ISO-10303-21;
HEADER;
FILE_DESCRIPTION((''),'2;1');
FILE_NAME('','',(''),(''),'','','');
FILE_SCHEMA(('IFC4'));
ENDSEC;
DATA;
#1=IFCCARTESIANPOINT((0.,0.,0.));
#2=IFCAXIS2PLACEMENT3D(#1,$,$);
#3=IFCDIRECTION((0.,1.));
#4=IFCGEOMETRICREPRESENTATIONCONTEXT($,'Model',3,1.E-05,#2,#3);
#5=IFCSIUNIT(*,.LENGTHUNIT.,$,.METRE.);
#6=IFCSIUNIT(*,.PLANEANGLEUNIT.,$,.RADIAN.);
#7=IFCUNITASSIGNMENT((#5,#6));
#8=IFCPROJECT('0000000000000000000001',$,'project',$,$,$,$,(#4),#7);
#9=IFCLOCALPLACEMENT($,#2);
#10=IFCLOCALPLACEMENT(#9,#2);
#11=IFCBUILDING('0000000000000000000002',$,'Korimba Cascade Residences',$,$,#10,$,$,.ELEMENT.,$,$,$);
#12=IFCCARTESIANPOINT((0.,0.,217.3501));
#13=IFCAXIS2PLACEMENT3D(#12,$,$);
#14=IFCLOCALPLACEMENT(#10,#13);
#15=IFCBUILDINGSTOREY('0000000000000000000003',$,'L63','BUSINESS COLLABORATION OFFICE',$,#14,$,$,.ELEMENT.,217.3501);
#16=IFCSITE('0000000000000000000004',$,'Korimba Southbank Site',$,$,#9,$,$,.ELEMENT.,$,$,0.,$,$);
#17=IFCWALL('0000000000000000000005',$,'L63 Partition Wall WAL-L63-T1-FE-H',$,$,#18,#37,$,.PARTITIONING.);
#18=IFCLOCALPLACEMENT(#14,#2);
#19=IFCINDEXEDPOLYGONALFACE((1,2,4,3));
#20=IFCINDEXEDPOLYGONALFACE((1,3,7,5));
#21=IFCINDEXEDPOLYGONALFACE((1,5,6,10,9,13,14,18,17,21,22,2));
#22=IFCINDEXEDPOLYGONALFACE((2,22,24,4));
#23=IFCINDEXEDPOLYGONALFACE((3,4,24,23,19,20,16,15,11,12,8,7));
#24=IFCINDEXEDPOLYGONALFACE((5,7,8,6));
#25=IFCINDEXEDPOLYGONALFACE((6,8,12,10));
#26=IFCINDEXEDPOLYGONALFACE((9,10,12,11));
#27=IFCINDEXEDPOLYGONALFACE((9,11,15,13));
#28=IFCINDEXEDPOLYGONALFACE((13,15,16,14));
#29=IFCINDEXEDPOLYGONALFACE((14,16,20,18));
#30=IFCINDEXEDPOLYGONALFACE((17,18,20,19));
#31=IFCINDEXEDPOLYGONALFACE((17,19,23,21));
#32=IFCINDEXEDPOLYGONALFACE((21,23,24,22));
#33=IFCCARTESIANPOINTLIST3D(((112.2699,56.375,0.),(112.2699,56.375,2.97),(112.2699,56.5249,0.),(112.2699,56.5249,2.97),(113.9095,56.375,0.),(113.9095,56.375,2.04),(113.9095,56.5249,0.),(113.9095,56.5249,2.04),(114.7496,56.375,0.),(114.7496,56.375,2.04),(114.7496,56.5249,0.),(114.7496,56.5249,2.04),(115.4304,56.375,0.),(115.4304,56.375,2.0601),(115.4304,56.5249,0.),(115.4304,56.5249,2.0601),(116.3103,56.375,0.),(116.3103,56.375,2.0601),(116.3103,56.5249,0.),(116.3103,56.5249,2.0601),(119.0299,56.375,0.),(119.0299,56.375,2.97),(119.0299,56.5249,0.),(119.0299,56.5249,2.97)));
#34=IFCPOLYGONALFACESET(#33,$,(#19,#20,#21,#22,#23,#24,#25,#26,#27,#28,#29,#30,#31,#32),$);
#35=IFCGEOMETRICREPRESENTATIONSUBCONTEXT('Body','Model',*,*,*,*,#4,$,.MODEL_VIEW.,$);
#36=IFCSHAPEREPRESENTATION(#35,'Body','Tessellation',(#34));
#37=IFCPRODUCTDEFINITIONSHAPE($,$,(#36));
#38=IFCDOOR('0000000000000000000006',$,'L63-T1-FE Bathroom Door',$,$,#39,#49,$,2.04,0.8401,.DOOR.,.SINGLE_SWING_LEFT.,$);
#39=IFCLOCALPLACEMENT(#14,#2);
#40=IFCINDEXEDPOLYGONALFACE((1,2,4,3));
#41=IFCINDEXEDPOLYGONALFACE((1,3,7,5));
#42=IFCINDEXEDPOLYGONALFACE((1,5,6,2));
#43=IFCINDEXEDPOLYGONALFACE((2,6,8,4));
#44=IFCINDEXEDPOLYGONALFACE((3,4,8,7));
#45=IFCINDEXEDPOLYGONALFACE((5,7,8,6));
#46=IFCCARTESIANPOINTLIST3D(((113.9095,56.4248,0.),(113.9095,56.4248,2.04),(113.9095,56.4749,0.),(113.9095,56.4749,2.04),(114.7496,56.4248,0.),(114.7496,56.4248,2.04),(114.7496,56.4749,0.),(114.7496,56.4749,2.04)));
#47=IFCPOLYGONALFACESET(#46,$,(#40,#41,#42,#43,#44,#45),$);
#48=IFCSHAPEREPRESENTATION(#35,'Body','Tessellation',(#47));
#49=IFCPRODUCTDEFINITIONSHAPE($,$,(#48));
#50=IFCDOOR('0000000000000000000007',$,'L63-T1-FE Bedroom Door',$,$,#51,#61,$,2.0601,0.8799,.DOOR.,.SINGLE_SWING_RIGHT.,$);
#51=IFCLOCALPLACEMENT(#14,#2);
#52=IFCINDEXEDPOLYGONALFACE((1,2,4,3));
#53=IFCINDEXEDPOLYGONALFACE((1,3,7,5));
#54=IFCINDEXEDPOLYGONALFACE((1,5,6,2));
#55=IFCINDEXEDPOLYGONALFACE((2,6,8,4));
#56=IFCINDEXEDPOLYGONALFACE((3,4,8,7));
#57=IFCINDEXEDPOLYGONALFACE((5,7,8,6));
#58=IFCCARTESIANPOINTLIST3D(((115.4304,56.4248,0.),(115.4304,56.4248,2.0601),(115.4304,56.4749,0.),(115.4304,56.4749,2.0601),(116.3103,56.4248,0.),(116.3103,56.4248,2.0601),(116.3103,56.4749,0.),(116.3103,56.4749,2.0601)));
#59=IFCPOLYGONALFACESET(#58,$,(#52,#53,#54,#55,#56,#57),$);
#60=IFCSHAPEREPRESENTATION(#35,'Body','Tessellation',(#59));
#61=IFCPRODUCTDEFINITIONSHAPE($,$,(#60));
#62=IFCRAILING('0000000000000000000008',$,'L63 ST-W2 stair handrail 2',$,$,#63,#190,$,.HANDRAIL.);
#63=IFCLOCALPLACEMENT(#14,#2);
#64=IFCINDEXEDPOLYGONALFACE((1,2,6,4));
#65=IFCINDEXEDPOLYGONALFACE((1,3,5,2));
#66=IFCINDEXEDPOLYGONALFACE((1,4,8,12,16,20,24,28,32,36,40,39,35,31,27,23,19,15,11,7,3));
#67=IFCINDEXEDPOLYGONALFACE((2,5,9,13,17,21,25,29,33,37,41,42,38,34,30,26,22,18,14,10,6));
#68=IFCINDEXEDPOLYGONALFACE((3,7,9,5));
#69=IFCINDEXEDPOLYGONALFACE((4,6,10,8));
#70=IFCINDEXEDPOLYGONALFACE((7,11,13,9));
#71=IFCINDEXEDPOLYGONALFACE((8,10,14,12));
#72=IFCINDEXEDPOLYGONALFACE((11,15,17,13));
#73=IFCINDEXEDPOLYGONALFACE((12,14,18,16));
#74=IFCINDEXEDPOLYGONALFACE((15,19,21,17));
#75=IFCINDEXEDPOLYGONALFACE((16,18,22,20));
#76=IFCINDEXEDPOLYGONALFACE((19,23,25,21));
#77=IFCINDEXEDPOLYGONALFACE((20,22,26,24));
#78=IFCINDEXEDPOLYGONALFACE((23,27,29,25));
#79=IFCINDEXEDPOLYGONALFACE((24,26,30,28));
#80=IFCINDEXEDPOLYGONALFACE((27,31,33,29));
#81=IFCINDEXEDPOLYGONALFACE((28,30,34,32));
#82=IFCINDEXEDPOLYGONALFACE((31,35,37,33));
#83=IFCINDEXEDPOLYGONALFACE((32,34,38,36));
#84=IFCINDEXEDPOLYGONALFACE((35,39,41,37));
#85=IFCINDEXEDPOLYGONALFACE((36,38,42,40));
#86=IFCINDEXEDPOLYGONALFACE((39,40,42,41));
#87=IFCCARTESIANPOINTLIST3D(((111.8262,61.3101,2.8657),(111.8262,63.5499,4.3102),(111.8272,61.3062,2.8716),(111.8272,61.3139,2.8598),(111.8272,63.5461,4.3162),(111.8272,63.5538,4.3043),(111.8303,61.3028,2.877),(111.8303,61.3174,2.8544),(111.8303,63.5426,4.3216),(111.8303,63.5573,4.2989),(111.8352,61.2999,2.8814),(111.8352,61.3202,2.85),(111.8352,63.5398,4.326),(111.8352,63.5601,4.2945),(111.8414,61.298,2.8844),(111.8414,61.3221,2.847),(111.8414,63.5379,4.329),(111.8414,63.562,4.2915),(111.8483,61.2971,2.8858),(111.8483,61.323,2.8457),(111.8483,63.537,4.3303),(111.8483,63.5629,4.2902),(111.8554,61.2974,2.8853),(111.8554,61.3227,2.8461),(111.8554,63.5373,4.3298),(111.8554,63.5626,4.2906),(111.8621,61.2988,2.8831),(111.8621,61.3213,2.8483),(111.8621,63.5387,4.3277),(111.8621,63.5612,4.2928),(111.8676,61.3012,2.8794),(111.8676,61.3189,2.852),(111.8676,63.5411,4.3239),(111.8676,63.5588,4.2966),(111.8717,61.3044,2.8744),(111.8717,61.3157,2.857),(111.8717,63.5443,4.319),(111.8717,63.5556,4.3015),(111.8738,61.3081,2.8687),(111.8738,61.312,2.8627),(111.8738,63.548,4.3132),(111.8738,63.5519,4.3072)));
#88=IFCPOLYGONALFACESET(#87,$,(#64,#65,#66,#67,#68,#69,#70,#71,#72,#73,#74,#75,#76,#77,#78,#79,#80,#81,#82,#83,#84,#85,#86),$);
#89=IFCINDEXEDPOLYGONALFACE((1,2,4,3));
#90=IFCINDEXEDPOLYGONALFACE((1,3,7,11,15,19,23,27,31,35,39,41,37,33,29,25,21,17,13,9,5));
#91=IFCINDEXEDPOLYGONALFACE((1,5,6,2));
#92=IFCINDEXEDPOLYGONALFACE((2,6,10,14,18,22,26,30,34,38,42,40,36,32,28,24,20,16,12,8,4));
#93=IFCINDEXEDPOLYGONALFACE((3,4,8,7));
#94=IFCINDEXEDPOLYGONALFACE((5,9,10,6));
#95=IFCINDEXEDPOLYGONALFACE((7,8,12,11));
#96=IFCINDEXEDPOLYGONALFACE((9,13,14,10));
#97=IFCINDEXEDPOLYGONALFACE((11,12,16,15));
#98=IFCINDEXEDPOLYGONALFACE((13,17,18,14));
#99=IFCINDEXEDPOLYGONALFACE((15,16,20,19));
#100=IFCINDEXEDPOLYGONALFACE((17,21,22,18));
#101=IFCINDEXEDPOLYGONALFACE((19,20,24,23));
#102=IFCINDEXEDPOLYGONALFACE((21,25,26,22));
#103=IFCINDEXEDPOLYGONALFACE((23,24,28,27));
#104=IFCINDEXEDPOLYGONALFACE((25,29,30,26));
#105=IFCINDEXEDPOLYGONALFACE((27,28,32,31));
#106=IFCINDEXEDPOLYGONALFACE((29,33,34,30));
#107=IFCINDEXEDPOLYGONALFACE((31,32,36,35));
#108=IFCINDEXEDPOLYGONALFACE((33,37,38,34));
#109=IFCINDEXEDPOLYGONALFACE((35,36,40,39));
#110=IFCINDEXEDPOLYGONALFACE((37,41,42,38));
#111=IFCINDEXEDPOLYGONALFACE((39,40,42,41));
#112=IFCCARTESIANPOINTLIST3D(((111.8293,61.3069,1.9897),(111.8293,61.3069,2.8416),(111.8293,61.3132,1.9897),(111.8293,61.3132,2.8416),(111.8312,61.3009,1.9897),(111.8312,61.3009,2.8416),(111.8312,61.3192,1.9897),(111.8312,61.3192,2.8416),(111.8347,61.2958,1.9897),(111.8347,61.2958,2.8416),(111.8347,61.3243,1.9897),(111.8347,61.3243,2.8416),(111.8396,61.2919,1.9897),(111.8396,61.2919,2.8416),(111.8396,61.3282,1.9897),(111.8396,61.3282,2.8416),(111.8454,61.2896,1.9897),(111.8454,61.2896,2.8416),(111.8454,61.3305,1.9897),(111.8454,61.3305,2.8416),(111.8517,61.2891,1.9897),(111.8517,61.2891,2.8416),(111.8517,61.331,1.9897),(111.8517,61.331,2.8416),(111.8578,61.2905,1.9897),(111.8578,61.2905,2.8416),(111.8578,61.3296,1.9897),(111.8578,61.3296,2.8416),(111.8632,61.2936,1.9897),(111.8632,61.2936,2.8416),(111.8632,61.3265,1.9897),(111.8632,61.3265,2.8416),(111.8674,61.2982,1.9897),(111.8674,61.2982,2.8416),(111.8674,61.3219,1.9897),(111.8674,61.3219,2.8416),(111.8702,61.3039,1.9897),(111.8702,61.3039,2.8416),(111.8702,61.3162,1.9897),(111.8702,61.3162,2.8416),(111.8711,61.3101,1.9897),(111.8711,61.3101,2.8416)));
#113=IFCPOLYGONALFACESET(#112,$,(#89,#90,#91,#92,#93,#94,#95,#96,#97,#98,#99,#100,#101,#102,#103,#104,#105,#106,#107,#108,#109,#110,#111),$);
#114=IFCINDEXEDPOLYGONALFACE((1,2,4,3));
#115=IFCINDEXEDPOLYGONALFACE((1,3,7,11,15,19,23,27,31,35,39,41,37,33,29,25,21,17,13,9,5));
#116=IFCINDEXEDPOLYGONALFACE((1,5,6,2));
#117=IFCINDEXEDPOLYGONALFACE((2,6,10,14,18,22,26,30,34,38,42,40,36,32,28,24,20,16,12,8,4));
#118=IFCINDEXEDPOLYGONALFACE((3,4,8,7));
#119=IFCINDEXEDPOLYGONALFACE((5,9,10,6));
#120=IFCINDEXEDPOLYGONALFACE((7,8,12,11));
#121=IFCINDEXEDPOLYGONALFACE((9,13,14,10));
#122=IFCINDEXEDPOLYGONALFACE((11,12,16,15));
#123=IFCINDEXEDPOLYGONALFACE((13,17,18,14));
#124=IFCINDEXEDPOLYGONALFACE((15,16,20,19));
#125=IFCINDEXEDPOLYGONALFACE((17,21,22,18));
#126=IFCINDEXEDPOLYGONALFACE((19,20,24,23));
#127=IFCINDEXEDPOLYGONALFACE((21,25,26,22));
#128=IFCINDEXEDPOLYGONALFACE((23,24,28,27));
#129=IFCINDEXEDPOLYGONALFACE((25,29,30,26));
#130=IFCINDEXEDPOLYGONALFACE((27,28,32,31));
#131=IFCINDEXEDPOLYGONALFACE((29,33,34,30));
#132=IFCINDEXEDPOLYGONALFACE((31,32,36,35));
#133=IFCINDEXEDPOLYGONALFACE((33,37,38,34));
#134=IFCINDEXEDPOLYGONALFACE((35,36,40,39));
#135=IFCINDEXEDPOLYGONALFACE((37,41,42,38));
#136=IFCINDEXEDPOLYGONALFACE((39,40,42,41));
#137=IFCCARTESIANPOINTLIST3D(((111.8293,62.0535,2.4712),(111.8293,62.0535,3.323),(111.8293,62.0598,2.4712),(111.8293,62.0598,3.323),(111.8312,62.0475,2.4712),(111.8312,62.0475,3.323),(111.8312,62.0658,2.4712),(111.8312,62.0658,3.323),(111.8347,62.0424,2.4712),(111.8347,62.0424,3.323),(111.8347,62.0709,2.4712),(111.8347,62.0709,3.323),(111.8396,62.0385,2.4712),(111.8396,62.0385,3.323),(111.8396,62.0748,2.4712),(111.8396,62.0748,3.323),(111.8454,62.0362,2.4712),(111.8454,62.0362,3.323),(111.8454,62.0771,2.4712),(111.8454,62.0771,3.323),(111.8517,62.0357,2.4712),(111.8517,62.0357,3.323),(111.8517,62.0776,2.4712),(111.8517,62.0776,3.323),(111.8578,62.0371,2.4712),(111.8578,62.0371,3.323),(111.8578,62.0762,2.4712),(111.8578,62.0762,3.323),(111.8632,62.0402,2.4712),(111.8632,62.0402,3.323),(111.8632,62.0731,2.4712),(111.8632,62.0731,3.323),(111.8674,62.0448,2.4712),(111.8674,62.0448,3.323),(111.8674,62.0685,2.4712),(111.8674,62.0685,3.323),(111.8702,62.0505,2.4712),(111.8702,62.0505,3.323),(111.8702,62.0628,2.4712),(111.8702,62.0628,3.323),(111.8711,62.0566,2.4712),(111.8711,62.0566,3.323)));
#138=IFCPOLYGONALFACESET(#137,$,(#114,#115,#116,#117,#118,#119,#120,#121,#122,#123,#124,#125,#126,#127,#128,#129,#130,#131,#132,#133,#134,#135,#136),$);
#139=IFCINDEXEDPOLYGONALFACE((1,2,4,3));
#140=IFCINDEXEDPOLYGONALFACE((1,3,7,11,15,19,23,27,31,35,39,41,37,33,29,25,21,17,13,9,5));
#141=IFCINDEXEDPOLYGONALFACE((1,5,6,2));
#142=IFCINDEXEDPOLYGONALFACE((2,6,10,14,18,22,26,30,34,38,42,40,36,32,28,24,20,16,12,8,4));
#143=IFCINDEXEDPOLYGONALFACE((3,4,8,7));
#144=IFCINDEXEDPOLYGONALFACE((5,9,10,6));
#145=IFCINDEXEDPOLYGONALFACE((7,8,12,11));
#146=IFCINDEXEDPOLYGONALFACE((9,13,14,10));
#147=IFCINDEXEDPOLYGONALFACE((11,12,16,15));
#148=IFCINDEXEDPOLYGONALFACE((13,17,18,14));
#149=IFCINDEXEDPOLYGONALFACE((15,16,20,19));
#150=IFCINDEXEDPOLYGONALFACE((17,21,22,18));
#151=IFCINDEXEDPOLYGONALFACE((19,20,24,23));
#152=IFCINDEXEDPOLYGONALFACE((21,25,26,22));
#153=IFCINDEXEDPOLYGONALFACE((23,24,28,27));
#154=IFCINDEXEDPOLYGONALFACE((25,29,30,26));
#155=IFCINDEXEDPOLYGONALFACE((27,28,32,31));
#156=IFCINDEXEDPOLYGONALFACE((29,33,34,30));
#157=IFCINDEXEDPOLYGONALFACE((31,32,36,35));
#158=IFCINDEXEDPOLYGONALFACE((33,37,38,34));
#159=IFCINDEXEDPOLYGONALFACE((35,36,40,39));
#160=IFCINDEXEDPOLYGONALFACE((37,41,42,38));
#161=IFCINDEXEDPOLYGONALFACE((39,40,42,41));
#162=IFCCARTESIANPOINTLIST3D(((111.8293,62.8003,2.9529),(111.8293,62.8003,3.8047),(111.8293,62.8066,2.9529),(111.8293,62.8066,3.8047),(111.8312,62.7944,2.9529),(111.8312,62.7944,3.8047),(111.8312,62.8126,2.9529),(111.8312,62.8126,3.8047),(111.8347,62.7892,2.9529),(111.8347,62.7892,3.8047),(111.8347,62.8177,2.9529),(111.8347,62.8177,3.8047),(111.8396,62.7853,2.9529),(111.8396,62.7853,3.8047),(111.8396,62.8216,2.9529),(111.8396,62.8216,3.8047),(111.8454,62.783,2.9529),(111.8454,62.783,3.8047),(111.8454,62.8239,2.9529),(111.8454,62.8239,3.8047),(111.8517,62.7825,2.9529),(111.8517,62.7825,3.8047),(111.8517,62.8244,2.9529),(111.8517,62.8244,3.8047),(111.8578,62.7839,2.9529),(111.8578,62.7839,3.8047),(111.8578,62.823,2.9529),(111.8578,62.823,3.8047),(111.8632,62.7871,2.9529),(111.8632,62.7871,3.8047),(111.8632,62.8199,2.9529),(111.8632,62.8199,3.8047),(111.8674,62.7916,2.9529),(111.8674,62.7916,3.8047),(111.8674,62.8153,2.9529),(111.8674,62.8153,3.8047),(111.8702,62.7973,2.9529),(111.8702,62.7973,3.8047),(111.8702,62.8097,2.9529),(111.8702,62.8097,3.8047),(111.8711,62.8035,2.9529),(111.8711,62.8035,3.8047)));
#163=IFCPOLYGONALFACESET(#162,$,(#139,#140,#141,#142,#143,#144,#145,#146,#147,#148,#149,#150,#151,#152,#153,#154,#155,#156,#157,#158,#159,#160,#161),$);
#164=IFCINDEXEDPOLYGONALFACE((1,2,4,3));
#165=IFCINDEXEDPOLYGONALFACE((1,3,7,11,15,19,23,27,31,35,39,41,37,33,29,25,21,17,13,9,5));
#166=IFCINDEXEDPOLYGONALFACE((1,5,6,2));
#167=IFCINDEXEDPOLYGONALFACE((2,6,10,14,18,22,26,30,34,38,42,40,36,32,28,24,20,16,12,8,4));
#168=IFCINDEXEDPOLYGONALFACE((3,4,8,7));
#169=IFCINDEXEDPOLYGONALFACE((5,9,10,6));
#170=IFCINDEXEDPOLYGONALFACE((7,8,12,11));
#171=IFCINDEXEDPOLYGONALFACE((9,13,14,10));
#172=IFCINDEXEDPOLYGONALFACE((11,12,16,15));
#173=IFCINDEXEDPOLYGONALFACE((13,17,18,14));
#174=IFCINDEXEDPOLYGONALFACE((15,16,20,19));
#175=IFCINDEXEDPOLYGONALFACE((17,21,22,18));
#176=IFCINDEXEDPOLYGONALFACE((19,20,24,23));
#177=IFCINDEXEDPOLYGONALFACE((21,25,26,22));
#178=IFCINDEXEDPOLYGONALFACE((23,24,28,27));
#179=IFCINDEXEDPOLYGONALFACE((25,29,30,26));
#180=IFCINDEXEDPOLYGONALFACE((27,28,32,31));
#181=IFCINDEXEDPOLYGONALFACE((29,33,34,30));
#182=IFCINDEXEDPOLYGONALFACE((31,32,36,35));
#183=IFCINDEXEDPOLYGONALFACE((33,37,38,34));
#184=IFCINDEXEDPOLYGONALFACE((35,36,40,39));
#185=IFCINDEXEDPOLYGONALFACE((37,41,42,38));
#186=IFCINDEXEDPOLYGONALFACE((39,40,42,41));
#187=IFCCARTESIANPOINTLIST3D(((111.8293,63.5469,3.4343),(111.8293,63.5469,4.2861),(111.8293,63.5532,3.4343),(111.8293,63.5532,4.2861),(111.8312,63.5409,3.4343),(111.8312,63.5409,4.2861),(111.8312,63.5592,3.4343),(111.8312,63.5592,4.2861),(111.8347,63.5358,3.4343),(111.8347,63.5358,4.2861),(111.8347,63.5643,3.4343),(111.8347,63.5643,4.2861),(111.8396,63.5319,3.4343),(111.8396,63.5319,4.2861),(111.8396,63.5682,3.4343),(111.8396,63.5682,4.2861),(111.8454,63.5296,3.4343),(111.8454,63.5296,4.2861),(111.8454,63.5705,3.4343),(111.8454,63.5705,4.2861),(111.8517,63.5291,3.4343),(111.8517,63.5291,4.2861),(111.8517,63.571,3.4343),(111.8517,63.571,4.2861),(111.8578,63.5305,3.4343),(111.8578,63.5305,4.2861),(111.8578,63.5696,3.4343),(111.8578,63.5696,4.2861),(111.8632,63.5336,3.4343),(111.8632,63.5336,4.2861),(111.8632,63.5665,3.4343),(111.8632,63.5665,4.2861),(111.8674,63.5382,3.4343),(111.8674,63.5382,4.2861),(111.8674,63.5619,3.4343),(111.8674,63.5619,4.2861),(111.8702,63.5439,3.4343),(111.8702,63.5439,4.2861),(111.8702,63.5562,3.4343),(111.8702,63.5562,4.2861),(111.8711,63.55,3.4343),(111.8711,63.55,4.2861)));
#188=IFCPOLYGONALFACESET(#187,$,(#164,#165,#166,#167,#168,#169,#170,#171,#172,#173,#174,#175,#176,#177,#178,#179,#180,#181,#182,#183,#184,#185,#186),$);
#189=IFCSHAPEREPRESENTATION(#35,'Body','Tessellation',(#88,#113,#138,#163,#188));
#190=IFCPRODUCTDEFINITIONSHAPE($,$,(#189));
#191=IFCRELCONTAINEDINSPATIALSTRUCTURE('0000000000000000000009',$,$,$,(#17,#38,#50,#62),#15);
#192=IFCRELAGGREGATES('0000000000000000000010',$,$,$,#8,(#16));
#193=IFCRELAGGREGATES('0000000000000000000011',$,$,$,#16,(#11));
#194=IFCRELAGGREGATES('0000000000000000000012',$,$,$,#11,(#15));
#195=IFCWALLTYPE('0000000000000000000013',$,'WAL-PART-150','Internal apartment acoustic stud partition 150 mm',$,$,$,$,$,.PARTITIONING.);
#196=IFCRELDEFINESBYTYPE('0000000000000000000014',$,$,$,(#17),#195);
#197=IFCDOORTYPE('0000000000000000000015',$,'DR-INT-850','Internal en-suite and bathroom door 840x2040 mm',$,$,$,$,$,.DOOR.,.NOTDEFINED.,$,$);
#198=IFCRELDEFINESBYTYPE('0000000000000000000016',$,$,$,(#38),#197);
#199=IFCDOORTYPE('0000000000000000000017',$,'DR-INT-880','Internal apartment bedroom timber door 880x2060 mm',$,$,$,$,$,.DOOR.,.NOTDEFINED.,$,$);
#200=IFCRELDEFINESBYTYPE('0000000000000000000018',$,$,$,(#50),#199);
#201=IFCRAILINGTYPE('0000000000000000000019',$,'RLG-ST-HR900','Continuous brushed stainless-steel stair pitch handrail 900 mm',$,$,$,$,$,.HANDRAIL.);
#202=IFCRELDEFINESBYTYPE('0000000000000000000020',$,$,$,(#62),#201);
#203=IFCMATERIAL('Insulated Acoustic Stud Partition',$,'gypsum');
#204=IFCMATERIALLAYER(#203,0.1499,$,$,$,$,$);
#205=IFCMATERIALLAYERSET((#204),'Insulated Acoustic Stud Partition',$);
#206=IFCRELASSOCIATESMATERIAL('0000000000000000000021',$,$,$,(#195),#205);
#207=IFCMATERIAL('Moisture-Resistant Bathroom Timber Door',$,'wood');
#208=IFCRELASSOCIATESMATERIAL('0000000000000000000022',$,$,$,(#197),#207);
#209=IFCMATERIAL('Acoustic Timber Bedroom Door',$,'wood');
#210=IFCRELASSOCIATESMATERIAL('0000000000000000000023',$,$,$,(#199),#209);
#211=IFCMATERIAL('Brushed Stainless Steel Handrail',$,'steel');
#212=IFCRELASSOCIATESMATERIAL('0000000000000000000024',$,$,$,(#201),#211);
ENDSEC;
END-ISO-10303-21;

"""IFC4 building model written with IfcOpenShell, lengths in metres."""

from ifc_helpers import new_model, si_unit, direction, frame, frame_2d, origin, origin_2d, place, context, subcontext, project, spatial, rectangle, circle, extrude, material, layer, layer_set, type_object, element, fill, save


model = new_model("IFC4")

# Units and contexts
model_context = context("Model", 3, precision=1e-05, world=origin(), true_north=direction((0.0, 1.0)))
body_context = subcontext(model_context, "Body", "Model", "MODEL_VIEW")
ifc_project = project(units=[si_unit("LENGTHUNIT", "METRE"), si_unit("PLANEANGLEUNIT", "RADIAN")], contexts=[model_context])

# Site, building, storey
site_placement = place(None, origin())
site = spatial("IfcSite", under=ifc_project, at=site_placement, Name="Korimba Southbank Site", CompositionType="ELEMENT", RefElevation=0.0)
building_placement = place(site_placement, origin())
building = spatial("IfcBuilding", under=site, at=building_placement, Name="Korimba Cascade Residences", CompositionType="ELEMENT")
storey_placement = place(building_placement, frame((0.0, 0.0, 217.3501)))
storey = spatial("IfcBuildingStorey", under=building, at=storey_placement, Name="L63", Description="BUSINESS COLLABORATION OFFICE", CompositionType="ELEMENT", Elevation=217.3501)

# Shared definitions
ifc_material_1 = material(Name="Insulated Acoustic Stud Partition", Category="gypsum")
ifc_layer_1 = layer(ifc_material_1, 0.1499)
ifc_layer_set_1 = layer_set([ifc_layer_1], Name="Insulated Acoustic Stud Partition")
wall_type_1 = type_object("IfcWallType", Name="WAL-PART-150", Description="Internal apartment acoustic stud partition 150 mm", PredefinedType="PARTITIONING", material=ifc_layer_set_1)
ifc_material_2 = material(Name="Moisture-Resistant Bathroom Timber Door", Category="wood")
door_type_1 = type_object("IfcDoorType", Name="DR-INT-850", Description="Internal en-suite and bathroom door 840x2040 mm", OperationType="NOTDEFINED", PredefinedType="DOOR", material=ifc_material_2)
ifc_material_3 = material(Name="Acoustic Timber Bedroom Door", Category="wood")
door_type_2 = type_object("IfcDoorType", Name="DR-INT-880", Description="Internal apartment bedroom timber door 880x2060 mm", OperationType="NOTDEFINED", PredefinedType="DOOR", material=ifc_material_3)

# Wall, openings, doors
wall_1_placement = place(storey_placement, frame((112.27, 56.45, 0.0), z_axis=(0.0, 0.0, 1.0), x_axis=(1.0, 0.0, 0.0)))
wall_1 = element("IfcWall", 1, at=wall_1_placement, inside=storey, type_object=wall_type_1, Name="L63 Partition Wall WAL-L63-T1-FE-H", PredefinedType="PARTITIONING", context=body_context, shape_type="SweptSolid", body=[
    extrude(rectangle(XDim=6.76, YDim=0.1499, at=frame_2d((3.3799, 0.0))), origin(), (0.0, 0.0, 1.0), 2.97),
])
opening_1_placement = place(wall_1_placement, frame((1.6396, 0.0, 0.0)))
opening_1 = element("IfcOpeningElement", 2, at=opening_1_placement, cuts=wall_1, PredefinedType="OPENING", context=body_context, shape_type="SweptSolid", body=[
    extrude(rectangle(XDim=0.8401, YDim=2.04, at=frame_2d((0.4199, 1.02))), frame((0.0, 0.085, 0.0), z_axis=(0.0, -1.0, 0.0), x_axis=(1.0, 0.0, 0.0)), (0.0, 0.0, 1.0), 0.1699),
])
opening_2_placement = place(wall_1_placement, frame((3.1604, 0.0, 0.0)))
opening_2 = element("IfcOpeningElement", 3, at=opening_2_placement, cuts=wall_1, PredefinedType="OPENING", context=body_context, shape_type="SweptSolid", body=[
    extrude(rectangle(XDim=0.8799, YDim=2.0601, at=frame_2d((0.4399, 1.03))), frame((0.0, 0.085, 0.0), z_axis=(0.0, -1.0, 0.0), x_axis=(1.0, 0.0, 0.0)), (0.0, 0.0, 1.0), 0.1699),
])
door_1_placement = place(opening_1_placement, origin())
door_1 = element("IfcDoor", 4, at=door_1_placement, inside=storey, type_object=door_type_1, Name="L63-T1-FE Bathroom Door", OperationType="SINGLE_SWING_LEFT", OverallHeight=2.04, OverallWidth=0.8401, PredefinedType="DOOR", context=body_context, shape_type="SweptSolid", body=[
    extrude(rectangle(XDim=0.8401, YDim=2.04, at=frame_2d((0.4199, 1.02))), frame((0.0, 0.0249, 0.0), z_axis=(0.0, -1.0, 0.0), x_axis=(1.0, 0.0, 0.0)), (0.0, 0.0, 1.0), 0.05),
])
fill(opening_1, door_1)
door_2_placement = place(opening_2_placement, origin())
door_2 = element("IfcDoor", 5, at=door_2_placement, inside=storey, type_object=door_type_2, Name="L63-T1-FE Bedroom Door", OperationType="SINGLE_SWING_RIGHT", OverallHeight=2.0601, OverallWidth=0.8799, PredefinedType="DOOR", context=body_context, shape_type="SweptSolid", body=[
    extrude(rectangle(XDim=0.8799, YDim=2.0601, at=frame_2d((0.4399, 1.03))), frame((0.0, 0.0249, 0.0), z_axis=(0.0, -1.0, 0.0), x_axis=(1.0, 0.0, 0.0)), (0.0, 0.0, 1.0), 0.05),
])
fill(opening_2, door_2)

# Railing
ifc_material_4 = material(Name="Brushed Stainless Steel Handrail", Category="steel")
railing_type = type_object("IfcRailingType", Name="RLG-ST-HR900", Description="Continuous brushed stainless-steel stair pitch handrail 900 mm", PredefinedType="HANDRAIL", material=ifc_material_4)
railing_placement = place(storey_placement, frame((111.8501, 61.3101, 1.9897)))
element("IfcRailing", 6, at=railing_placement, inside=storey, type_object=railing_type, Name="L63 ST-W2 stair handrail 2", PredefinedType="HANDRAIL", context=body_context, shape_type="SweptSolid", body=[
    extrude(circle(Radius=0.0239, at=origin_2d()), frame((0.0, 0.0, 0.876), z_axis=(0.0, 0.840395, 0.541975), x_axis=(-1.0, 0.0, 0.0)), (0.0, 0.0, 1.0), 2.6653),
    extrude(circle(Radius=0.021, at=origin_2d()), origin(), (0.0, 0.0, 1.0), 0.8518),
    extrude(circle(Radius=0.021, at=origin_2d()), frame((0.0, 0.7466, 0.4814)), (0.0, 0.0, 1.0), 0.8518),
    extrude(circle(Radius=0.021, at=origin_2d()), frame((0.0, 1.4934, 0.9631)), (0.0, 0.0, 1.0), 0.8518),
    extrude(circle(Radius=0.021, at=origin_2d()), frame((0.0, 2.24, 1.4446)), (0.0, 0.0, 1.0), 0.8518),
])

save(model, "model.ifc")
